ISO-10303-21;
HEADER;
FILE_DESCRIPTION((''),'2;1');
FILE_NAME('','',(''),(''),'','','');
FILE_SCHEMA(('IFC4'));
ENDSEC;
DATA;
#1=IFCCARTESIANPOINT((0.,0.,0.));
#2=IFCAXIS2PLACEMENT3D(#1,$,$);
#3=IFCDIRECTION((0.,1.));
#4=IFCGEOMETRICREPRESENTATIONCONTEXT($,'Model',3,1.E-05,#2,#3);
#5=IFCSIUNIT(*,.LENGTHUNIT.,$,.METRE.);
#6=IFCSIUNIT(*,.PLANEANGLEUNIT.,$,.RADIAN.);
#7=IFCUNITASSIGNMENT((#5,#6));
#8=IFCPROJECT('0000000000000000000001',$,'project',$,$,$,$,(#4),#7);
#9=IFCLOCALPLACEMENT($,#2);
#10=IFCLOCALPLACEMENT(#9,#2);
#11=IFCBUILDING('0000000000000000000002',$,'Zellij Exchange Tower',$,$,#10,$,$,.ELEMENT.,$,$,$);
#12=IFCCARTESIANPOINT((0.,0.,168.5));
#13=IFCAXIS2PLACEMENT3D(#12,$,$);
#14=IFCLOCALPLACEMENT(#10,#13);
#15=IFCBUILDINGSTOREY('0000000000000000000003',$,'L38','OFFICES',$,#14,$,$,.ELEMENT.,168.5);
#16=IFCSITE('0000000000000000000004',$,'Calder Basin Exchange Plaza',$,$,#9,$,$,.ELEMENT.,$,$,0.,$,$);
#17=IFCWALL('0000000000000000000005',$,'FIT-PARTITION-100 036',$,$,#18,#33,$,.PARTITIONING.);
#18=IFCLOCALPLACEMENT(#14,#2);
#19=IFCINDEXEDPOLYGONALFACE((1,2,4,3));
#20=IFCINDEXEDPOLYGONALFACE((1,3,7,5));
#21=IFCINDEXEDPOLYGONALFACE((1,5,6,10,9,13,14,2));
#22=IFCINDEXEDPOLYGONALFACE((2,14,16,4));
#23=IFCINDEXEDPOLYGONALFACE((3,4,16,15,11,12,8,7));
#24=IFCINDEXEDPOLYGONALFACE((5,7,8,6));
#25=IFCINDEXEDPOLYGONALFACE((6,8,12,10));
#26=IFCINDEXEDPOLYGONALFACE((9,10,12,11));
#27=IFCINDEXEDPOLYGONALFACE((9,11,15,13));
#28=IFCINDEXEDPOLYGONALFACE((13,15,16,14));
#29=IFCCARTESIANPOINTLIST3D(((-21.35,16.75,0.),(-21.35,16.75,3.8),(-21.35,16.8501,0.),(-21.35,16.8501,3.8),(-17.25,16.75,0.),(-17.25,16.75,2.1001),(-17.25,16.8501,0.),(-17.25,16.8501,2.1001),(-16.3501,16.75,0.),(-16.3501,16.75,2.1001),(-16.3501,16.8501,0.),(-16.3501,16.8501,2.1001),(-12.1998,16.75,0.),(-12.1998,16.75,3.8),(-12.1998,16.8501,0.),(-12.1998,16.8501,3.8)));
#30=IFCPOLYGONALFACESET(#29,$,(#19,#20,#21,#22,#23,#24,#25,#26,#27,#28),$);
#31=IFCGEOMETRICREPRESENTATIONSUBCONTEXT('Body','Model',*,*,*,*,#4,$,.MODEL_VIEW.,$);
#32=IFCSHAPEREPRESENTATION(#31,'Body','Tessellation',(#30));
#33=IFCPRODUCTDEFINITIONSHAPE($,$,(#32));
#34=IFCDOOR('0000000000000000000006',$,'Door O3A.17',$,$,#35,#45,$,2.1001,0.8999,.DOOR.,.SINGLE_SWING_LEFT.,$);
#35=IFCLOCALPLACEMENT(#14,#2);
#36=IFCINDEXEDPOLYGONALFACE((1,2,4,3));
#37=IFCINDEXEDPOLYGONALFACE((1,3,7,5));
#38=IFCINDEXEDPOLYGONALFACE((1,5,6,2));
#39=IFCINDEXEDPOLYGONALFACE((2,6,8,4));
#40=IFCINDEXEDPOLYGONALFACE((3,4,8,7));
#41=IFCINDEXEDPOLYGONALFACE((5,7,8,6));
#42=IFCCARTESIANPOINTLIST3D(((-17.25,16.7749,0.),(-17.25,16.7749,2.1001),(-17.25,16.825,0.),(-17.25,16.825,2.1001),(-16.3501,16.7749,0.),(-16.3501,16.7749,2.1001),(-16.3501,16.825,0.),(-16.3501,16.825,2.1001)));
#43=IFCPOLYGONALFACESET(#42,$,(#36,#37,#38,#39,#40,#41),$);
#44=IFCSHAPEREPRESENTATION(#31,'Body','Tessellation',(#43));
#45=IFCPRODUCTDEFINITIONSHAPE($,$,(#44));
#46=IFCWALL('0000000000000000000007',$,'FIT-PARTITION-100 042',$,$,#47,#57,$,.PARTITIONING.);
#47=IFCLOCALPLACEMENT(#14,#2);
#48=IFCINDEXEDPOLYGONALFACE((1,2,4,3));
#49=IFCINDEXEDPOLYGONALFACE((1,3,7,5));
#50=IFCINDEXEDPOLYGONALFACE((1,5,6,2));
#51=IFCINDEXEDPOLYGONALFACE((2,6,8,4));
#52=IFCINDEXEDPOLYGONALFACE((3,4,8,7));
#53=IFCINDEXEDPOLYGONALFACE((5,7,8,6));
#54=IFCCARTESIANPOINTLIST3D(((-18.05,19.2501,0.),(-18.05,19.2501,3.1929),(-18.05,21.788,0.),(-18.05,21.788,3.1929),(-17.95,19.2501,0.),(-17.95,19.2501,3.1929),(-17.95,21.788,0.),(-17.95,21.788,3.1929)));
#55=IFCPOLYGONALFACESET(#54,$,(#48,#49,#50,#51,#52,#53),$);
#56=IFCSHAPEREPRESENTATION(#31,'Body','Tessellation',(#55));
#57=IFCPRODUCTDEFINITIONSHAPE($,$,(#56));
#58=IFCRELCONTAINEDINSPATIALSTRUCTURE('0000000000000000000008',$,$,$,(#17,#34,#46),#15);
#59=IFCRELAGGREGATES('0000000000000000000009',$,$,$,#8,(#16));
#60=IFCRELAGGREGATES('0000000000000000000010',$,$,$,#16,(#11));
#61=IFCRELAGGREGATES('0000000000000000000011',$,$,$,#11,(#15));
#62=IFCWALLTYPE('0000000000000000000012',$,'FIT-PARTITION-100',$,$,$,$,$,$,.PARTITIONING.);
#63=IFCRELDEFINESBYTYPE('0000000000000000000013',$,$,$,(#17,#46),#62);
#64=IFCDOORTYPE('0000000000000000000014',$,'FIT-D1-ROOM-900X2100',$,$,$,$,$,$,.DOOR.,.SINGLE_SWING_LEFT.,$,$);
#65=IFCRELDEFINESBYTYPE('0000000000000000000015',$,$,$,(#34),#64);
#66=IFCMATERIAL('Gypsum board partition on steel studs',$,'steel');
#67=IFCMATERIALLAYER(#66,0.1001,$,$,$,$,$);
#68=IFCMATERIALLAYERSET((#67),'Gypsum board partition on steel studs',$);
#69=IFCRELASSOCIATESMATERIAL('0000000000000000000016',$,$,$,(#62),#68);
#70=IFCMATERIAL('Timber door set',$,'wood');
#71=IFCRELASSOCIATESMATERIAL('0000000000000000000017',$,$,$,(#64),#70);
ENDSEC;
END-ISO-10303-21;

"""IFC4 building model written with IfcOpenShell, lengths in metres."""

from ifc_helpers import new_model, si_unit, direction, frame, frame_2d, origin, place, context, subcontext, project, spatial, rectangle, extrude, material, layer, layer_set, type_object, element, fill, save


model = new_model("IFC4")

# Units and contexts
model_context = context("Model", 3, precision=1e-05, world=origin(), true_north=direction((0.0, 1.0)))
body_context = subcontext(model_context, "Body", "Model", "MODEL_VIEW")
ifc_project = project(units=[si_unit("LENGTHUNIT", "METRE"), si_unit("PLANEANGLEUNIT", "RADIAN")], contexts=[model_context])

# Site, building, storey
site_placement = place(None, origin())
site = spatial("IfcSite", under=ifc_project, at=site_placement, Name="Calder Basin Exchange Plaza", CompositionType="ELEMENT", RefElevation=0.0)
building_placement = place(site_placement, origin())
building = spatial("IfcBuilding", under=site, at=building_placement, Name="Zellij Exchange Tower", CompositionType="ELEMENT")
storey_placement = place(building_placement, frame((0.0, 0.0, 168.5)))
storey = spatial("IfcBuildingStorey", under=building, at=storey_placement, Name="L38", Description="OFFICES", CompositionType="ELEMENT", Elevation=168.5)

# Shared definitions
ifc_material_1 = material(Name="Gypsum board partition on steel studs", Category="steel")
ifc_layer_1 = layer(ifc_material_1, 0.1001)
ifc_layer_set_1 = layer_set([ifc_layer_1], Name="Gypsum board partition on steel studs")
wall_type_1 = type_object("IfcWallType", Name="FIT-PARTITION-100", PredefinedType="PARTITIONING", material=ifc_layer_set_1)

# Wall, opening, door
wall_1_placement = place(storey_placement, frame((-21.3501, 16.8, 0.0), z_axis=(0.0, 0.0, 1.0), x_axis=(1.0, 0.0, 0.0)))
wall_1 = element("IfcWall", 1, at=wall_1_placement, inside=storey, type_object=wall_type_1, Name="FIT-PARTITION-100 036", PredefinedType="PARTITIONING", context=body_context, shape_type="SweptSolid", body=[
    extrude(rectangle(XDim=9.1501, YDim=0.1001, at=frame_2d((4.5752, 0.0))), origin(), (0.0, 0.0, 1.0), 3.8),
])
opening_placement = place(wall_1_placement, frame((4.1001, 0.0, 0.0)))
opening = element("IfcOpeningElement", 2, at=opening_placement, cuts=wall_1, PredefinedType="OPENING", context=body_context, shape_type="SweptSolid", body=[
    extrude(rectangle(XDim=0.8999, YDim=2.1001, at=frame_2d((0.45, 1.05))), frame((0.0, 0.062, 0.0), z_axis=(0.0, -1.0, 0.0), x_axis=(1.0, 0.0, 0.0)), (0.0, 0.0, 1.0), 0.124),
])
ifc_material_2 = material(Name="Timber door set", Category="wood")
door_type = type_object("IfcDoorType", Name="FIT-D1-ROOM-900X2100", OperationType="SINGLE_SWING_LEFT", PredefinedType="DOOR", material=ifc_material_2)
door_placement = place(opening_placement, origin())
door = element("IfcDoor", 3, at=door_placement, inside=storey, type_object=door_type, Name="Door O3A.17", OperationType="SINGLE_SWING_LEFT", OverallHeight=2.1001, OverallWidth=0.8999, PredefinedType="DOOR", context=body_context, shape_type="SweptSolid", body=[
    extrude(rectangle(XDim=0.8999, YDim=2.1001, at=frame_2d((0.45, 1.05))), frame((0.0, 0.0249, 0.0), z_axis=(0.0, -1.0, 0.0), x_axis=(1.0, 0.0, 0.0)), (0.0, 0.0, 1.0), 0.05),
])
fill(opening, door)

# Wall
wall_2_placement = place(storey_placement, frame((-18.0, 19.25, 0.0), z_axis=(0.0, 0.0, 1.0), x_axis=(0.0, 1.0, 0.0)))
element("IfcWall", 4, at=wall_2_placement, inside=storey, type_object=wall_type_1, Name="FIT-PARTITION-100 042", PredefinedType="PARTITIONING", context=body_context, shape_type="SweptSolid", body=[
    extrude(rectangle(XDim=2.5378, YDim=0.1001, at=frame_2d((1.269, 0.0))), origin(), (0.0, 0.0, 1.0), 3.1929),
])

save(model, "model.ifc")
